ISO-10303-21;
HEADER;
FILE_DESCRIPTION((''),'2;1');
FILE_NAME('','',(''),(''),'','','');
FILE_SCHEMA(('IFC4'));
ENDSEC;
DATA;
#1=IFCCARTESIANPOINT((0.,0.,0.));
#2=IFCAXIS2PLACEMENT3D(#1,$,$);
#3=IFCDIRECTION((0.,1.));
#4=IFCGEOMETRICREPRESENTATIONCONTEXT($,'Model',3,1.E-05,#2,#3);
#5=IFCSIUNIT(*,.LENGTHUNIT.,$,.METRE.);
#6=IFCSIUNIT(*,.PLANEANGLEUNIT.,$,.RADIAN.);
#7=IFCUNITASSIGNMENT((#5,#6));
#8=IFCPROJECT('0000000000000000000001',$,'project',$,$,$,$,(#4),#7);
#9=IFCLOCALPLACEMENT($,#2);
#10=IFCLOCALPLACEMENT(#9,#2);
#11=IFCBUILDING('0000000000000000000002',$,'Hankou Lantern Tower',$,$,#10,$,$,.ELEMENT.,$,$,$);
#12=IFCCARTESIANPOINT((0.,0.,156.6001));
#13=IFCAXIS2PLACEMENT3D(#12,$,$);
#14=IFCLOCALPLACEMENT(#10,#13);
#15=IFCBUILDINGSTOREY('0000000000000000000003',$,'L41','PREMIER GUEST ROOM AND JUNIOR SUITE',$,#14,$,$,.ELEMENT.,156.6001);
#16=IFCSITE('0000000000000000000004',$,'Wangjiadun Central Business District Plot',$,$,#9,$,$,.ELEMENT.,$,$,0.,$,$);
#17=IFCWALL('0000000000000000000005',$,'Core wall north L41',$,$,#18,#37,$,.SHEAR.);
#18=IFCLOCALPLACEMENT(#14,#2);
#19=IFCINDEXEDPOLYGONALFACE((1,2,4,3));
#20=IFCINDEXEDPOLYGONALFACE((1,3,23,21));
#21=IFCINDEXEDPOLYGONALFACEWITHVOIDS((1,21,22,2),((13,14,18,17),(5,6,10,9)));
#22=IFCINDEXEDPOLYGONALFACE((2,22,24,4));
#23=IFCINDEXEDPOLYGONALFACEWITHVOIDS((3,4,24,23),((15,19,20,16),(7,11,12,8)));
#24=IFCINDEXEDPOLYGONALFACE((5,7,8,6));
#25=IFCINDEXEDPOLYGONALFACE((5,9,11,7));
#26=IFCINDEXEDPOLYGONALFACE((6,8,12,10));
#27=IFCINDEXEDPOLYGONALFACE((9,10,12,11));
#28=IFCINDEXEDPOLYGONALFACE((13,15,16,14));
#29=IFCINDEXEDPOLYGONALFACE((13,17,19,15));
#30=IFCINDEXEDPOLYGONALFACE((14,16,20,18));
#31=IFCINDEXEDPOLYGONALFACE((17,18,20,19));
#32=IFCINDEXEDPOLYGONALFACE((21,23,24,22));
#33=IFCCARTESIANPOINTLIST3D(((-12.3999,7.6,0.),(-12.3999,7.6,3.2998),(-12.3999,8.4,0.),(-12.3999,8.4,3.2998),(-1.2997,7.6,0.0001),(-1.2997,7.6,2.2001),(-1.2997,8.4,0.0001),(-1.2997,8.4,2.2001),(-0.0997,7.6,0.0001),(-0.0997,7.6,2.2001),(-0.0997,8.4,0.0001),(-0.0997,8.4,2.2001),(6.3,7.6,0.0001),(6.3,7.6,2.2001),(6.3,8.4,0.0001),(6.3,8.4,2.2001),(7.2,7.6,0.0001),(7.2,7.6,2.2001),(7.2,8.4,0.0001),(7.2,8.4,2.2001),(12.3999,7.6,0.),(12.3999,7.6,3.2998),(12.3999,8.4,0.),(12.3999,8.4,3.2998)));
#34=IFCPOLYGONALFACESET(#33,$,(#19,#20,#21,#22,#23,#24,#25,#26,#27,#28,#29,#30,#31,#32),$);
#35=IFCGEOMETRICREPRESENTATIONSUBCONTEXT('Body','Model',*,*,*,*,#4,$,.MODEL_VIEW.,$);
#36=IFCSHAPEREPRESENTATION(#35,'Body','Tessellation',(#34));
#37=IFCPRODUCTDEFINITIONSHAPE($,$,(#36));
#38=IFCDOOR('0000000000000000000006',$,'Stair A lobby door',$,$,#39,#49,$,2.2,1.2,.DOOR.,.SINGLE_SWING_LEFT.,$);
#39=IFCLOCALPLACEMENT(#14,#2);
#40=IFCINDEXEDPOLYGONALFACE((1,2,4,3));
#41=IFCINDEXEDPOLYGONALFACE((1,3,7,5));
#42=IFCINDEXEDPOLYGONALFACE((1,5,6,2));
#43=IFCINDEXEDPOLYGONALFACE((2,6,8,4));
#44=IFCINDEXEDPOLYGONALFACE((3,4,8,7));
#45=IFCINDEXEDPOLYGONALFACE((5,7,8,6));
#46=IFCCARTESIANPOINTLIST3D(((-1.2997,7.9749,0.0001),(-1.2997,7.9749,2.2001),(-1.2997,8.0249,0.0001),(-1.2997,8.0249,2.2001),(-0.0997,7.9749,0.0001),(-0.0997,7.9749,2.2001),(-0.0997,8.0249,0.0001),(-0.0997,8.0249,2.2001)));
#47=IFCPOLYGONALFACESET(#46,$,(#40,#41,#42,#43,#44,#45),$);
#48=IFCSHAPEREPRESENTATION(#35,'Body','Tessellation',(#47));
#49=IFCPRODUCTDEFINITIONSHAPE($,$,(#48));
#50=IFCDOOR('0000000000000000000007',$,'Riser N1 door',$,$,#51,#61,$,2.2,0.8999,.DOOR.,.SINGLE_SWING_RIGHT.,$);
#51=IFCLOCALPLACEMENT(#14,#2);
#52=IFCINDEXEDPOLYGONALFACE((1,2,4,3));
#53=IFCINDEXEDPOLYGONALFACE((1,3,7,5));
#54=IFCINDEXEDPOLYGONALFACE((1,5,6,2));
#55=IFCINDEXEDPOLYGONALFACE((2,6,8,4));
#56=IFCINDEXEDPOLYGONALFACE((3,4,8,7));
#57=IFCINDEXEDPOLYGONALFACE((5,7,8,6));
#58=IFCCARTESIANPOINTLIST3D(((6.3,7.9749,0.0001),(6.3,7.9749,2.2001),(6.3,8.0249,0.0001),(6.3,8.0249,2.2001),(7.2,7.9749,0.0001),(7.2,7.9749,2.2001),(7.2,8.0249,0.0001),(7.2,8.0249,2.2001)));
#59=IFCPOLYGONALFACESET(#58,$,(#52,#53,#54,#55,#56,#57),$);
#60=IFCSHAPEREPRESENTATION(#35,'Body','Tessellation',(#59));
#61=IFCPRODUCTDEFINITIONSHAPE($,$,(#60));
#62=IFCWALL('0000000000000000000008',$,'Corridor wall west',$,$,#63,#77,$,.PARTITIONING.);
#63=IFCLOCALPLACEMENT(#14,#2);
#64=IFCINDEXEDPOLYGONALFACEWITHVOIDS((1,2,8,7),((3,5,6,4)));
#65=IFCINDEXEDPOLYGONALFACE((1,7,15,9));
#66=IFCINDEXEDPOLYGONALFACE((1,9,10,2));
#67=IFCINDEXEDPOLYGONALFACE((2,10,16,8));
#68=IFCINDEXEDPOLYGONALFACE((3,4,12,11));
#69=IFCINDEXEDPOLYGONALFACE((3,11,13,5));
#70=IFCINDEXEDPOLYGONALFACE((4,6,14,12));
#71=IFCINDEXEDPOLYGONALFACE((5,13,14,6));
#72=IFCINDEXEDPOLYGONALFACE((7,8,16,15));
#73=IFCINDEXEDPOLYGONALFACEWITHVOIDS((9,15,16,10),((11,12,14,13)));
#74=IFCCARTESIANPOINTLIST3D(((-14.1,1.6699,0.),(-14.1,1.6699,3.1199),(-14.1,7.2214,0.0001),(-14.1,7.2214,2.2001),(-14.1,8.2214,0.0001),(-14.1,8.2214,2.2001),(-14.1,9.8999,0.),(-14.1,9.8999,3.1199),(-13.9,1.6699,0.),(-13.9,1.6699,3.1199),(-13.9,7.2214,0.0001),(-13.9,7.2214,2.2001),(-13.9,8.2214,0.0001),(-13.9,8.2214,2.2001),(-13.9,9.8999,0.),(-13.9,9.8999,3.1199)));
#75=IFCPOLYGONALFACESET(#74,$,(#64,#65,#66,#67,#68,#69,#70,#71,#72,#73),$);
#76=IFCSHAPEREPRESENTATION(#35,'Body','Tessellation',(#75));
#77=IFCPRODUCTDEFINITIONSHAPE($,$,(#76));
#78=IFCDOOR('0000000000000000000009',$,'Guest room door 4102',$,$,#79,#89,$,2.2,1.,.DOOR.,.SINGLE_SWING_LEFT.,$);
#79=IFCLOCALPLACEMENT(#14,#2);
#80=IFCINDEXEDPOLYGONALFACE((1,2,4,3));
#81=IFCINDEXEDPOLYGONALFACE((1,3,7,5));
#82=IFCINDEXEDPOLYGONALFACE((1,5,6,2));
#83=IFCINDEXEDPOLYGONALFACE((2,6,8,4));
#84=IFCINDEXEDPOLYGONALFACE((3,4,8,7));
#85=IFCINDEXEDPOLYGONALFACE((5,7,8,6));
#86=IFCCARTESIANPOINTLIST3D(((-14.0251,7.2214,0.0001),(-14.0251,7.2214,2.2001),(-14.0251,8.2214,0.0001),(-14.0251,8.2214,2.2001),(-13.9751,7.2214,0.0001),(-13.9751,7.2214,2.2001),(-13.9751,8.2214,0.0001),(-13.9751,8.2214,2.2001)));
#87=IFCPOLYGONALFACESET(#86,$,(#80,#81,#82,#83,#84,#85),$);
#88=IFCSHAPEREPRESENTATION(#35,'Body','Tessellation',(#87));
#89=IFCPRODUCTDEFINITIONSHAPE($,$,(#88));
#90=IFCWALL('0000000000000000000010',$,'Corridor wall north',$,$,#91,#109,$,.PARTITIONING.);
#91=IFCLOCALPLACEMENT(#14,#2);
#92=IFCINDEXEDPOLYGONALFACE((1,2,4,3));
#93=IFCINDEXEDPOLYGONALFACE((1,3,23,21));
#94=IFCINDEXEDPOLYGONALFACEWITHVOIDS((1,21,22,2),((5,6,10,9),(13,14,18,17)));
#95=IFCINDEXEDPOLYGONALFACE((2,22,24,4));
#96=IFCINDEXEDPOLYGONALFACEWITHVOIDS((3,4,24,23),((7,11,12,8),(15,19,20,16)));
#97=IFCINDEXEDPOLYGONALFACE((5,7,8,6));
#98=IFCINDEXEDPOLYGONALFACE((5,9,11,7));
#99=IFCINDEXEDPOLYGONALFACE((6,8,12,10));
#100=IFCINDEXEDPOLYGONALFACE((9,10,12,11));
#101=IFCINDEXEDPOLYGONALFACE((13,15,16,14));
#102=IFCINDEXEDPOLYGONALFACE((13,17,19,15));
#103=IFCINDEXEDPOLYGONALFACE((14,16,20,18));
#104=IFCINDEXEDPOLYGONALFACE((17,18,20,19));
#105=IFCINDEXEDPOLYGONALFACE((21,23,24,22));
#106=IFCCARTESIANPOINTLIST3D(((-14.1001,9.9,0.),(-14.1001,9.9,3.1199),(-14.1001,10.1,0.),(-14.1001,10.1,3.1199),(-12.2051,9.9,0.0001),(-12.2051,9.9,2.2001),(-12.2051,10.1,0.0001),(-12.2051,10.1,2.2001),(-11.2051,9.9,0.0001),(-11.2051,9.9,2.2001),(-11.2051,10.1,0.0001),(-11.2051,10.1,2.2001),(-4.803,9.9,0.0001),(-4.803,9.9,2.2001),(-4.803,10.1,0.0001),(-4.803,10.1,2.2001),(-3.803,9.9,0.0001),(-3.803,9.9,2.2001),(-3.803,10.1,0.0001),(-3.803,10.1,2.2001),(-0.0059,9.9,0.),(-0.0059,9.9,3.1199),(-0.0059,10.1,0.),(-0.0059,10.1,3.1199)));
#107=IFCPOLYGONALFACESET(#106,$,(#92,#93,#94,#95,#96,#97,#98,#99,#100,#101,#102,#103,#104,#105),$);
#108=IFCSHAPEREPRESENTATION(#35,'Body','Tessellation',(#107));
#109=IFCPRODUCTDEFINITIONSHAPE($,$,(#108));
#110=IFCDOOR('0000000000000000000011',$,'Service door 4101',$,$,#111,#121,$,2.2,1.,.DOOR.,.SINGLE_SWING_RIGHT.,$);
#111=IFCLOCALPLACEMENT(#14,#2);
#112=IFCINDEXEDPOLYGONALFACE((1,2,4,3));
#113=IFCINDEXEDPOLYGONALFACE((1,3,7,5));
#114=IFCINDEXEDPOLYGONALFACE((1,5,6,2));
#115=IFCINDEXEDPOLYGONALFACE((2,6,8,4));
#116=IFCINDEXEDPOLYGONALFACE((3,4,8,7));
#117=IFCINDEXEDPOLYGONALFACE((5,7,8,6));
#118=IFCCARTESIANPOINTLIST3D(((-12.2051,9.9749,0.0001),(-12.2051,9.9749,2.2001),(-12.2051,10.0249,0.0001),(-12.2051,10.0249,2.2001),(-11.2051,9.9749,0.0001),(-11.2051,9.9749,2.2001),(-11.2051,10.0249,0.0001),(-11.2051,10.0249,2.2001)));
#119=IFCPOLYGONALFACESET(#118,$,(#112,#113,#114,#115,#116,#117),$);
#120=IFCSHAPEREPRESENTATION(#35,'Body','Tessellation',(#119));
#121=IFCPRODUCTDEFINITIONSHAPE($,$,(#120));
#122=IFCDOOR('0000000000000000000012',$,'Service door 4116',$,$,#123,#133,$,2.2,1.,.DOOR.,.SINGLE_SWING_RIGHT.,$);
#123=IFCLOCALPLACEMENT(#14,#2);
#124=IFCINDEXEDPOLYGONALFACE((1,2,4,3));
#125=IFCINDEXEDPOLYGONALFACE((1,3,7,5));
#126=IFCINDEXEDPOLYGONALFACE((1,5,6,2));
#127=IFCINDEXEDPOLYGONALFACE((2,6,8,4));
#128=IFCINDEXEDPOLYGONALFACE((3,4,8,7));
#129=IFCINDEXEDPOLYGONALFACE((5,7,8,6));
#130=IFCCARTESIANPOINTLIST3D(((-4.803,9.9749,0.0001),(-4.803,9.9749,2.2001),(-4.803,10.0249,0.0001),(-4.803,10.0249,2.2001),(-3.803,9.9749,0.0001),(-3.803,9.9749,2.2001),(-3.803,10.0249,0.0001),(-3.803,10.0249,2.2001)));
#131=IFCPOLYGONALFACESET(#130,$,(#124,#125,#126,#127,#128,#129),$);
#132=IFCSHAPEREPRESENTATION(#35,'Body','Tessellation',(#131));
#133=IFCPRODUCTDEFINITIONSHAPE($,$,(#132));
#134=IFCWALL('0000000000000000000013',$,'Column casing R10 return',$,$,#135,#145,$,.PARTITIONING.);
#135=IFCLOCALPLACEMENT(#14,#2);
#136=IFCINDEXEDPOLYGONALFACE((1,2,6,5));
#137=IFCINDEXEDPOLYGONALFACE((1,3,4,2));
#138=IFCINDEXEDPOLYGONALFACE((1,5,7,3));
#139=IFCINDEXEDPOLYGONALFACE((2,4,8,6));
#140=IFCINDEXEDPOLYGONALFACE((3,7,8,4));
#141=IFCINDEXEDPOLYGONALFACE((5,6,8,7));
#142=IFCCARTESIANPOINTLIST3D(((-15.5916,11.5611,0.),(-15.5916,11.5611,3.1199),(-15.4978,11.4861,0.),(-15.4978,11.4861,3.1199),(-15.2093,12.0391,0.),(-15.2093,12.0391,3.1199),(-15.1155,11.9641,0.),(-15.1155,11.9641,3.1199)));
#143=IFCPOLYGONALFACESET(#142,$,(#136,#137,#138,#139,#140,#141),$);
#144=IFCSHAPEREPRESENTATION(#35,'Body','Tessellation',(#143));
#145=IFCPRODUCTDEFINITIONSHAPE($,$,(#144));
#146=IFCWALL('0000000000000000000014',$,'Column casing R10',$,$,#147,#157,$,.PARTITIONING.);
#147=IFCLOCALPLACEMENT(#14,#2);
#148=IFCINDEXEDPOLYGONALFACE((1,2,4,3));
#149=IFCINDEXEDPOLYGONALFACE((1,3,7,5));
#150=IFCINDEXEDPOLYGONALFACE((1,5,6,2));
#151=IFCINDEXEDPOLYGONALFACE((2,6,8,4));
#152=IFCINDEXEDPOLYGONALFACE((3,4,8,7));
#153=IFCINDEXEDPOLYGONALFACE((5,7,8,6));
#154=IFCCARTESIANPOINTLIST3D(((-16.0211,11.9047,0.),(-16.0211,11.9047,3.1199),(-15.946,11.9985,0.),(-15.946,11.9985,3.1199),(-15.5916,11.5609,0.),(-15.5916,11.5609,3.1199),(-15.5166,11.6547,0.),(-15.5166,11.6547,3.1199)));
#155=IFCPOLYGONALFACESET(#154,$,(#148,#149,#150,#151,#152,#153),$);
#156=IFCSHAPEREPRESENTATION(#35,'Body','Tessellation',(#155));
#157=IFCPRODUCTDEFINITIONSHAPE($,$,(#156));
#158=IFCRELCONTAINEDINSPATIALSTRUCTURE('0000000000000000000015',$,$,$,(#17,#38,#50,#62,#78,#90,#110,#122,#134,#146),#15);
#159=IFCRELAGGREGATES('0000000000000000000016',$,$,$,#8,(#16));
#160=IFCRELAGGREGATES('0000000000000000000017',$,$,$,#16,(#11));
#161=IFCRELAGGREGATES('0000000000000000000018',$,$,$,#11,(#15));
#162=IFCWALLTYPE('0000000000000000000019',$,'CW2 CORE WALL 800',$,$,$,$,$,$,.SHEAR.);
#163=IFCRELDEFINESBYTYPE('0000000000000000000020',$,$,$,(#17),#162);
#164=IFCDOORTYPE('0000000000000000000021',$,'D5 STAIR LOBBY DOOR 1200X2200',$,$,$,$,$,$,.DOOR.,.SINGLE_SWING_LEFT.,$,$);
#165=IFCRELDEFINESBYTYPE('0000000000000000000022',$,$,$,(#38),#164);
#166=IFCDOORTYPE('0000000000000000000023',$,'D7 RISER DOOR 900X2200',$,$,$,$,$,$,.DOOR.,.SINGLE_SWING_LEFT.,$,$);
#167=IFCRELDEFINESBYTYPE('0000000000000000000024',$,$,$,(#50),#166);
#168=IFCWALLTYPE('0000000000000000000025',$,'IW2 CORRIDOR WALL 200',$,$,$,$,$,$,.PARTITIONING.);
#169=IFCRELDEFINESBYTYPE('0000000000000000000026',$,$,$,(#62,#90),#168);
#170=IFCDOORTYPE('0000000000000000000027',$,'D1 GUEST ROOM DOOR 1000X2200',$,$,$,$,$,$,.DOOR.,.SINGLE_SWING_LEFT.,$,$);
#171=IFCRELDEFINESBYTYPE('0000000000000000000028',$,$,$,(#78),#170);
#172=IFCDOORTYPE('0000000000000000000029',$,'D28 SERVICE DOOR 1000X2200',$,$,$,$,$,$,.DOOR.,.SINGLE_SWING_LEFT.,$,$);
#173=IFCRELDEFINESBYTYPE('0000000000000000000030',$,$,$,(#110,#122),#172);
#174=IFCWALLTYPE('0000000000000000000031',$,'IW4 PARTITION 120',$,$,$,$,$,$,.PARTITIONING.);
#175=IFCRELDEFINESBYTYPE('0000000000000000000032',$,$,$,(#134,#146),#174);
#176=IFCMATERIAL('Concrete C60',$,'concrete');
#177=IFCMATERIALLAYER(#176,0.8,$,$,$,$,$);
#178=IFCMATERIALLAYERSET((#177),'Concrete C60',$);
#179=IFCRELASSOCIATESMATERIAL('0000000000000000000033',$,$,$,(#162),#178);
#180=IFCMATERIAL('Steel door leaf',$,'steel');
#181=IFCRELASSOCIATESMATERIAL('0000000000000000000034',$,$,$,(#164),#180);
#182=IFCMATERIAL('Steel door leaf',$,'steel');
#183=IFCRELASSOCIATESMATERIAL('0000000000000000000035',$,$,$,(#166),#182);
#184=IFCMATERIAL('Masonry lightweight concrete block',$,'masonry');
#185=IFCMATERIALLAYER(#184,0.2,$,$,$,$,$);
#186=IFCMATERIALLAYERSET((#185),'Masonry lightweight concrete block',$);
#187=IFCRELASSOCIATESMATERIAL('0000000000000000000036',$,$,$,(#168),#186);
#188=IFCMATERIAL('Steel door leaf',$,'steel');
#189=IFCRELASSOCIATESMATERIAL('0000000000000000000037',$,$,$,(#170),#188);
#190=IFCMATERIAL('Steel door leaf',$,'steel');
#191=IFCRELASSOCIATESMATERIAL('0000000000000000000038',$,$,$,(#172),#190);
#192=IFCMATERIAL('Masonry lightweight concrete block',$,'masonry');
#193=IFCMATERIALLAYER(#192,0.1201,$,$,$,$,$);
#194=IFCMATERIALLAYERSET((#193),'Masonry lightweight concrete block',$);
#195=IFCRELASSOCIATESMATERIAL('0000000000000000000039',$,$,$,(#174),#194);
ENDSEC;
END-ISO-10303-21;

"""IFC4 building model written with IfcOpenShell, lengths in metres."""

from ifc_helpers import new_model, si_unit, direction, frame, frame_2d, origin, place, context, subcontext, project, spatial, rectangle, extrude, material, layer, layer_set, type_object, element, fill, save


model = new_model("IFC4")

# Units and contexts
model_context = context("Model", 3, precision=1e-05, world=origin(), true_north=direction((0.0, 1.0)))
body_context = subcontext(model_context, "Body", "Model", "MODEL_VIEW")
ifc_project = project(units=[si_unit("LENGTHUNIT", "METRE"), si_unit("PLANEANGLEUNIT", "RADIAN")], contexts=[model_context])

# Site, building, storey
site_placement = place(None, origin())
site = spatial("IfcSite", under=ifc_project, at=site_placement, Name="Wangjiadun Central Business District Plot", CompositionType="ELEMENT", RefElevation=0.0)
building_placement = place(site_placement, origin())
building = spatial("IfcBuilding", under=site, at=building_placement, Name="Hankou Lantern Tower", CompositionType="ELEMENT")
storey_placement = place(building_placement, frame((0.0, 0.0, 156.6001)))
storey = spatial("IfcBuildingStorey", under=building, at=storey_placement, Name="L41", Description="PREMIER GUEST ROOM AND JUNIOR SUITE", CompositionType="ELEMENT", Elevation=156.6001)

# Wall, openings, doors
ifc_material_1 = material(Name="Concrete C60", Category="concrete")
ifc_layer_1 = layer(ifc_material_1, 0.8)
ifc_layer_set_1 = layer_set([ifc_layer_1], Name="Concrete C60")
wall_type_1 = type_object("IfcWallType", Name="CW2 CORE WALL 800", PredefinedType="SHEAR", material=ifc_layer_set_1)
wall_1_placement = place(storey_placement, frame((-12.3999, 8.0, 0.0), z_axis=(0.0, 0.0, 1.0), x_axis=(1.0, 0.0, 0.0)))
wall_1 = element("IfcWall", 1, at=wall_1_placement, inside=storey, type_object=wall_type_1, Name="Core wall north L41", PredefinedType="SHEAR", context=body_context, shape_type="SweptSolid", body=[
    extrude(rectangle(XDim=24.7998, YDim=0.8, at=frame_2d((12.3999, 0.0))), origin(), (0.0, 0.0, 1.0), 3.2998),
])
opening_1_placement = place(wall_1_placement, frame((11.1001, 0.0, 0.0)))
opening_1 = element("IfcOpeningElement", 2, at=opening_1_placement, cuts=wall_1, PredefinedType="OPENING", context=body_context, shape_type="SweptSolid", body=[
    extrude(rectangle(XDim=1.2, YDim=2.2, at=frame_2d((0.6001, 1.1001))), frame((0.0, 0.4099, 0.0), z_axis=(0.0, -1.0, 0.0), x_axis=(1.0, 0.0, 0.0)), (0.0, 0.0, 1.0), 0.8201),
])
opening_2_placement = place(wall_1_placement, frame((18.7, 0.0, 0.0)))
opening_2 = element("IfcOpeningElement", 3, at=opening_2_placement, cuts=wall_1, PredefinedType="OPENING", context=body_context, shape_type="SweptSolid", body=[
    extrude(rectangle(XDim=0.8999, YDim=2.2, at=frame_2d((0.45, 1.1001))), frame((0.0, 0.4099, 0.0), z_axis=(0.0, -1.0, 0.0), x_axis=(1.0, 0.0, 0.0)), (0.0, 0.0, 1.0), 0.8201),
])
ifc_material_2 = material(Name="Steel door leaf", Category="steel")
door_type_1 = type_object("IfcDoorType", Name="D5 STAIR LOBBY DOOR 1200X2200", OperationType="SINGLE_SWING_LEFT", PredefinedType="DOOR", material=ifc_material_2)
door_1_placement = place(opening_1_placement, origin())
door_1 = element("IfcDoor", 4, at=door_1_placement, inside=storey, type_object=door_type_1, Name="Stair A lobby door", OperationType="SINGLE_SWING_LEFT", OverallHeight=2.2, OverallWidth=1.2, PredefinedType="DOOR", context=body_context, shape_type="SweptSolid", body=[
    extrude(rectangle(XDim=1.2, YDim=2.2, at=frame_2d((0.6001, 1.1001))), frame((0.0, 0.0249, 0.0), z_axis=(0.0, -1.0, 0.0), x_axis=(1.0, 0.0, 0.0)), (0.0, 0.0, 1.0), 0.05),
])
fill(opening_1, door_1)
ifc_material_3 = material(Name="Steel door leaf", Category="steel")
door_type_2 = type_object("IfcDoorType", Name="D7 RISER DOOR 900X2200", OperationType="SINGLE_SWING_LEFT", PredefinedType="DOOR", material=ifc_material_3)
door_2_placement = place(opening_2_placement, origin())
door_2 = element("IfcDoor", 5, at=door_2_placement, inside=storey, type_object=door_type_2, Name="Riser N1 door", OperationType="SINGLE_SWING_RIGHT", OverallHeight=2.2, OverallWidth=0.8999, PredefinedType="DOOR", context=body_context, shape_type="SweptSolid", body=[
    extrude(rectangle(XDim=0.8999, YDim=2.2, at=frame_2d((0.45, 1.1001))), frame((0.0, 0.0249, 0.0), z_axis=(0.0, -1.0, 0.0), x_axis=(1.0, 0.0, 0.0)), (0.0, 0.0, 1.0), 0.05),
])
fill(opening_2, door_2)

# Wall, opening, door
ifc_material_4 = material(Name="Masonry lightweight concrete block", Category="masonry")
ifc_layer_2 = layer(ifc_material_4, 0.2)
ifc_layer_set_2 = layer_set([ifc_layer_2], Name="Masonry lightweight concrete block")
wall_type_2 = type_object("IfcWallType", Name="IW2 CORRIDOR WALL 200", PredefinedType="PARTITIONING", material=ifc_layer_set_2)
wall_2_placement = place(storey_placement, frame((-14.0, 9.8999, 0.0), z_axis=(0.0, 0.0, 1.0), x_axis=(0.0, -1.0, 0.0)))
wall_2 = element("IfcWall", 6, at=wall_2_placement, inside=storey, type_object=wall_type_2, Name="Corridor wall west", PredefinedType="PARTITIONING", context=body_context, shape_type="SweptSolid", body=[
    extrude(rectangle(XDim=8.23, YDim=0.2, at=frame_2d((4.115, 0.0))), origin(), (0.0, 0.0, 1.0), 3.1199),
])
opening_3_placement = place(wall_2_placement, frame((1.6785, 0.0, 0.0)))
opening_3 = element("IfcOpeningElement", 7, at=opening_3_placement, cuts=wall_2, PredefinedType="OPENING", context=body_context, shape_type="SweptSolid", body=[
    extrude(rectangle(XDim=1.0, YDim=2.2, at=frame_2d((0.5, 1.1001))), frame((0.0, 0.1099, 0.0), z_axis=(0.0, -1.0, 0.0), x_axis=(1.0, 0.0, 0.0)), (0.0, 0.0, 1.0), 0.22),
])
ifc_material_5 = material(Name="Steel door leaf", Category="steel")
door_type_3 = type_object("IfcDoorType", Name="D1 GUEST ROOM DOOR 1000X2200", OperationType="SINGLE_SWING_LEFT", PredefinedType="DOOR", material=ifc_material_5)
door_3_placement = place(opening_3_placement, origin())
door_3 = element("IfcDoor", 8, at=door_3_placement, inside=storey, type_object=door_type_3, Name="Guest room door 4102", OperationType="SINGLE_SWING_LEFT", OverallHeight=2.2, OverallWidth=1.0, PredefinedType="DOOR", context=body_context, shape_type="SweptSolid", body=[
    extrude(rectangle(XDim=1.0, YDim=2.2, at=frame_2d((0.5, 1.1001))), frame((0.0, 0.0249, 0.0), z_axis=(0.0, -1.0, 0.0), x_axis=(1.0, 0.0, 0.0)), (0.0, 0.0, 1.0), 0.05),
])
fill(opening_3, door_3)

# Wall, openings, doors
wall_3_placement = place(storey_placement, frame((-14.1001, 10.0, 0.0), z_axis=(0.0, 0.0, 1.0), x_axis=(1.0, 0.0, 0.0)))
wall_3 = element("IfcWall", 9, at=wall_3_placement, inside=storey, type_object=wall_type_2, Name="Corridor wall north", PredefinedType="PARTITIONING", context=body_context, shape_type="SweptSolid", body=[
    extrude(rectangle(XDim=14.0942, YDim=0.2, at=frame_2d((7.0471, 0.0))), origin(), (0.0, 0.0, 1.0), 3.1199),
])
opening_4_placement = place(wall_3_placement, frame((1.895, 0.0, 0.0)))
opening_4 = element("IfcOpeningElement", 10, at=opening_4_placement, cuts=wall_3, PredefinedType="OPENING", context=body_context, shape_type="SweptSolid", body=[
    extrude(rectangle(XDim=1.0, YDim=2.2, at=frame_2d((0.5, 1.1001))), frame((0.0, 0.1099, 0.0), z_axis=(0.0, -1.0, 0.0), x_axis=(1.0, 0.0, 0.0)), (0.0, 0.0, 1.0), 0.22),
])
opening_5_placement = place(wall_3_placement, frame((9.2971, 0.0, 0.0)))
opening_5 = element("IfcOpeningElement", 11, at=opening_5_placement, cuts=wall_3, PredefinedType="OPENING", context=body_context, shape_type="SweptSolid", body=[
    extrude(rectangle(XDim=1.0, YDim=2.2, at=frame_2d((0.5, 1.1001))), frame((0.0, 0.1099, 0.0), z_axis=(0.0, -1.0, 0.0), x_axis=(1.0, 0.0, 0.0)), (0.0, 0.0, 1.0), 0.22),
])
ifc_material_6 = material(Name="Steel door leaf", Category="steel")
door_type_4 = type_object("IfcDoorType", Name="D28 SERVICE DOOR 1000X2200", OperationType="SINGLE_SWING_LEFT", PredefinedType="DOOR", material=ifc_material_6)
door_4_placement = place(opening_4_placement, origin())
door_4 = element("IfcDoor", 12, at=door_4_placement, inside=storey, type_object=door_type_4, Name="Service door 4101", OperationType="SINGLE_SWING_RIGHT", OverallHeight=2.2, OverallWidth=1.0, PredefinedType="DOOR", context=body_context, shape_type="SweptSolid", body=[
    extrude(rectangle(XDim=1.0, YDim=2.2, at=frame_2d((0.5, 1.1001))), frame((0.0, 0.0249, 0.0), z_axis=(0.0, -1.0, 0.0), x_axis=(1.0, 0.0, 0.0)), (0.0, 0.0, 1.0), 0.05),
])
fill(opening_4, door_4)
door_5_placement = place(opening_5_placement, origin())
door_5 = element("IfcDoor", 13, at=door_5_placement, inside=storey, type_object=door_type_4, Name="Service door 4116", OperationType="SINGLE_SWING_RIGHT", OverallHeight=2.2, OverallWidth=1.0, PredefinedType="DOOR", context=body_context, shape_type="SweptSolid", body=[
    extrude(rectangle(XDim=1.0, YDim=2.2, at=frame_2d((0.5, 1.1001))), frame((0.0, 0.0249, 0.0), z_axis=(0.0, -1.0, 0.0), x_axis=(1.0, 0.0, 0.0)), (0.0, 0.0, 1.0), 0.05),
])
fill(opening_5, door_5)

# Walls
ifc_material_7 = material(Name="Masonry lightweight concrete block", Category="masonry")
ifc_layer_3 = layer(ifc_material_7, 0.1201)
ifc_layer_set_3 = layer_set([ifc_layer_3], Name="Masonry lightweight concrete block")
wall_type_3 = type_object("IfcWallType", Name="IW4 PARTITION 120", PredefinedType="PARTITIONING", material=ifc_layer_set_3)
wall_4_placement = place(storey_placement, frame((-15.1624, 12.0017, 0.0), z_axis=(0.0, 0.0, 1.0), x_axis=(-0.624598, -0.780947, 0.0)))
element("IfcWall", 14, at=wall_4_placement, inside=storey, type_object=wall_type_3, Name="Column casing R10 return", PredefinedType="PARTITIONING", context=body_context, shape_type="SweptSolid", body=[
    extrude(rectangle(XDim=0.6121, YDim=0.1201, at=frame_2d((0.3062, 0.0))), origin(), (0.0, 0.0, 1.0), 3.1199),
])
wall_5_placement = place(storey_placement, frame((-15.5542, 11.6079, 0.0), z_axis=(0.0, 0.0, 1.0), x_axis=(-0.780696, 0.624912, 0.0)))
element("IfcWall", 15, at=wall_5_placement, inside=storey, type_object=wall_type_3, Name="Column casing R10", PredefinedType="PARTITIONING", context=body_context, shape_type="SweptSolid", body=[
    extrude(rectangle(XDim=0.55, YDim=0.1201, at=frame_2d((0.2749, 0.0))), origin(), (0.0, 0.0, 1.0), 3.1199),
])

save(model, "model.ifc")
